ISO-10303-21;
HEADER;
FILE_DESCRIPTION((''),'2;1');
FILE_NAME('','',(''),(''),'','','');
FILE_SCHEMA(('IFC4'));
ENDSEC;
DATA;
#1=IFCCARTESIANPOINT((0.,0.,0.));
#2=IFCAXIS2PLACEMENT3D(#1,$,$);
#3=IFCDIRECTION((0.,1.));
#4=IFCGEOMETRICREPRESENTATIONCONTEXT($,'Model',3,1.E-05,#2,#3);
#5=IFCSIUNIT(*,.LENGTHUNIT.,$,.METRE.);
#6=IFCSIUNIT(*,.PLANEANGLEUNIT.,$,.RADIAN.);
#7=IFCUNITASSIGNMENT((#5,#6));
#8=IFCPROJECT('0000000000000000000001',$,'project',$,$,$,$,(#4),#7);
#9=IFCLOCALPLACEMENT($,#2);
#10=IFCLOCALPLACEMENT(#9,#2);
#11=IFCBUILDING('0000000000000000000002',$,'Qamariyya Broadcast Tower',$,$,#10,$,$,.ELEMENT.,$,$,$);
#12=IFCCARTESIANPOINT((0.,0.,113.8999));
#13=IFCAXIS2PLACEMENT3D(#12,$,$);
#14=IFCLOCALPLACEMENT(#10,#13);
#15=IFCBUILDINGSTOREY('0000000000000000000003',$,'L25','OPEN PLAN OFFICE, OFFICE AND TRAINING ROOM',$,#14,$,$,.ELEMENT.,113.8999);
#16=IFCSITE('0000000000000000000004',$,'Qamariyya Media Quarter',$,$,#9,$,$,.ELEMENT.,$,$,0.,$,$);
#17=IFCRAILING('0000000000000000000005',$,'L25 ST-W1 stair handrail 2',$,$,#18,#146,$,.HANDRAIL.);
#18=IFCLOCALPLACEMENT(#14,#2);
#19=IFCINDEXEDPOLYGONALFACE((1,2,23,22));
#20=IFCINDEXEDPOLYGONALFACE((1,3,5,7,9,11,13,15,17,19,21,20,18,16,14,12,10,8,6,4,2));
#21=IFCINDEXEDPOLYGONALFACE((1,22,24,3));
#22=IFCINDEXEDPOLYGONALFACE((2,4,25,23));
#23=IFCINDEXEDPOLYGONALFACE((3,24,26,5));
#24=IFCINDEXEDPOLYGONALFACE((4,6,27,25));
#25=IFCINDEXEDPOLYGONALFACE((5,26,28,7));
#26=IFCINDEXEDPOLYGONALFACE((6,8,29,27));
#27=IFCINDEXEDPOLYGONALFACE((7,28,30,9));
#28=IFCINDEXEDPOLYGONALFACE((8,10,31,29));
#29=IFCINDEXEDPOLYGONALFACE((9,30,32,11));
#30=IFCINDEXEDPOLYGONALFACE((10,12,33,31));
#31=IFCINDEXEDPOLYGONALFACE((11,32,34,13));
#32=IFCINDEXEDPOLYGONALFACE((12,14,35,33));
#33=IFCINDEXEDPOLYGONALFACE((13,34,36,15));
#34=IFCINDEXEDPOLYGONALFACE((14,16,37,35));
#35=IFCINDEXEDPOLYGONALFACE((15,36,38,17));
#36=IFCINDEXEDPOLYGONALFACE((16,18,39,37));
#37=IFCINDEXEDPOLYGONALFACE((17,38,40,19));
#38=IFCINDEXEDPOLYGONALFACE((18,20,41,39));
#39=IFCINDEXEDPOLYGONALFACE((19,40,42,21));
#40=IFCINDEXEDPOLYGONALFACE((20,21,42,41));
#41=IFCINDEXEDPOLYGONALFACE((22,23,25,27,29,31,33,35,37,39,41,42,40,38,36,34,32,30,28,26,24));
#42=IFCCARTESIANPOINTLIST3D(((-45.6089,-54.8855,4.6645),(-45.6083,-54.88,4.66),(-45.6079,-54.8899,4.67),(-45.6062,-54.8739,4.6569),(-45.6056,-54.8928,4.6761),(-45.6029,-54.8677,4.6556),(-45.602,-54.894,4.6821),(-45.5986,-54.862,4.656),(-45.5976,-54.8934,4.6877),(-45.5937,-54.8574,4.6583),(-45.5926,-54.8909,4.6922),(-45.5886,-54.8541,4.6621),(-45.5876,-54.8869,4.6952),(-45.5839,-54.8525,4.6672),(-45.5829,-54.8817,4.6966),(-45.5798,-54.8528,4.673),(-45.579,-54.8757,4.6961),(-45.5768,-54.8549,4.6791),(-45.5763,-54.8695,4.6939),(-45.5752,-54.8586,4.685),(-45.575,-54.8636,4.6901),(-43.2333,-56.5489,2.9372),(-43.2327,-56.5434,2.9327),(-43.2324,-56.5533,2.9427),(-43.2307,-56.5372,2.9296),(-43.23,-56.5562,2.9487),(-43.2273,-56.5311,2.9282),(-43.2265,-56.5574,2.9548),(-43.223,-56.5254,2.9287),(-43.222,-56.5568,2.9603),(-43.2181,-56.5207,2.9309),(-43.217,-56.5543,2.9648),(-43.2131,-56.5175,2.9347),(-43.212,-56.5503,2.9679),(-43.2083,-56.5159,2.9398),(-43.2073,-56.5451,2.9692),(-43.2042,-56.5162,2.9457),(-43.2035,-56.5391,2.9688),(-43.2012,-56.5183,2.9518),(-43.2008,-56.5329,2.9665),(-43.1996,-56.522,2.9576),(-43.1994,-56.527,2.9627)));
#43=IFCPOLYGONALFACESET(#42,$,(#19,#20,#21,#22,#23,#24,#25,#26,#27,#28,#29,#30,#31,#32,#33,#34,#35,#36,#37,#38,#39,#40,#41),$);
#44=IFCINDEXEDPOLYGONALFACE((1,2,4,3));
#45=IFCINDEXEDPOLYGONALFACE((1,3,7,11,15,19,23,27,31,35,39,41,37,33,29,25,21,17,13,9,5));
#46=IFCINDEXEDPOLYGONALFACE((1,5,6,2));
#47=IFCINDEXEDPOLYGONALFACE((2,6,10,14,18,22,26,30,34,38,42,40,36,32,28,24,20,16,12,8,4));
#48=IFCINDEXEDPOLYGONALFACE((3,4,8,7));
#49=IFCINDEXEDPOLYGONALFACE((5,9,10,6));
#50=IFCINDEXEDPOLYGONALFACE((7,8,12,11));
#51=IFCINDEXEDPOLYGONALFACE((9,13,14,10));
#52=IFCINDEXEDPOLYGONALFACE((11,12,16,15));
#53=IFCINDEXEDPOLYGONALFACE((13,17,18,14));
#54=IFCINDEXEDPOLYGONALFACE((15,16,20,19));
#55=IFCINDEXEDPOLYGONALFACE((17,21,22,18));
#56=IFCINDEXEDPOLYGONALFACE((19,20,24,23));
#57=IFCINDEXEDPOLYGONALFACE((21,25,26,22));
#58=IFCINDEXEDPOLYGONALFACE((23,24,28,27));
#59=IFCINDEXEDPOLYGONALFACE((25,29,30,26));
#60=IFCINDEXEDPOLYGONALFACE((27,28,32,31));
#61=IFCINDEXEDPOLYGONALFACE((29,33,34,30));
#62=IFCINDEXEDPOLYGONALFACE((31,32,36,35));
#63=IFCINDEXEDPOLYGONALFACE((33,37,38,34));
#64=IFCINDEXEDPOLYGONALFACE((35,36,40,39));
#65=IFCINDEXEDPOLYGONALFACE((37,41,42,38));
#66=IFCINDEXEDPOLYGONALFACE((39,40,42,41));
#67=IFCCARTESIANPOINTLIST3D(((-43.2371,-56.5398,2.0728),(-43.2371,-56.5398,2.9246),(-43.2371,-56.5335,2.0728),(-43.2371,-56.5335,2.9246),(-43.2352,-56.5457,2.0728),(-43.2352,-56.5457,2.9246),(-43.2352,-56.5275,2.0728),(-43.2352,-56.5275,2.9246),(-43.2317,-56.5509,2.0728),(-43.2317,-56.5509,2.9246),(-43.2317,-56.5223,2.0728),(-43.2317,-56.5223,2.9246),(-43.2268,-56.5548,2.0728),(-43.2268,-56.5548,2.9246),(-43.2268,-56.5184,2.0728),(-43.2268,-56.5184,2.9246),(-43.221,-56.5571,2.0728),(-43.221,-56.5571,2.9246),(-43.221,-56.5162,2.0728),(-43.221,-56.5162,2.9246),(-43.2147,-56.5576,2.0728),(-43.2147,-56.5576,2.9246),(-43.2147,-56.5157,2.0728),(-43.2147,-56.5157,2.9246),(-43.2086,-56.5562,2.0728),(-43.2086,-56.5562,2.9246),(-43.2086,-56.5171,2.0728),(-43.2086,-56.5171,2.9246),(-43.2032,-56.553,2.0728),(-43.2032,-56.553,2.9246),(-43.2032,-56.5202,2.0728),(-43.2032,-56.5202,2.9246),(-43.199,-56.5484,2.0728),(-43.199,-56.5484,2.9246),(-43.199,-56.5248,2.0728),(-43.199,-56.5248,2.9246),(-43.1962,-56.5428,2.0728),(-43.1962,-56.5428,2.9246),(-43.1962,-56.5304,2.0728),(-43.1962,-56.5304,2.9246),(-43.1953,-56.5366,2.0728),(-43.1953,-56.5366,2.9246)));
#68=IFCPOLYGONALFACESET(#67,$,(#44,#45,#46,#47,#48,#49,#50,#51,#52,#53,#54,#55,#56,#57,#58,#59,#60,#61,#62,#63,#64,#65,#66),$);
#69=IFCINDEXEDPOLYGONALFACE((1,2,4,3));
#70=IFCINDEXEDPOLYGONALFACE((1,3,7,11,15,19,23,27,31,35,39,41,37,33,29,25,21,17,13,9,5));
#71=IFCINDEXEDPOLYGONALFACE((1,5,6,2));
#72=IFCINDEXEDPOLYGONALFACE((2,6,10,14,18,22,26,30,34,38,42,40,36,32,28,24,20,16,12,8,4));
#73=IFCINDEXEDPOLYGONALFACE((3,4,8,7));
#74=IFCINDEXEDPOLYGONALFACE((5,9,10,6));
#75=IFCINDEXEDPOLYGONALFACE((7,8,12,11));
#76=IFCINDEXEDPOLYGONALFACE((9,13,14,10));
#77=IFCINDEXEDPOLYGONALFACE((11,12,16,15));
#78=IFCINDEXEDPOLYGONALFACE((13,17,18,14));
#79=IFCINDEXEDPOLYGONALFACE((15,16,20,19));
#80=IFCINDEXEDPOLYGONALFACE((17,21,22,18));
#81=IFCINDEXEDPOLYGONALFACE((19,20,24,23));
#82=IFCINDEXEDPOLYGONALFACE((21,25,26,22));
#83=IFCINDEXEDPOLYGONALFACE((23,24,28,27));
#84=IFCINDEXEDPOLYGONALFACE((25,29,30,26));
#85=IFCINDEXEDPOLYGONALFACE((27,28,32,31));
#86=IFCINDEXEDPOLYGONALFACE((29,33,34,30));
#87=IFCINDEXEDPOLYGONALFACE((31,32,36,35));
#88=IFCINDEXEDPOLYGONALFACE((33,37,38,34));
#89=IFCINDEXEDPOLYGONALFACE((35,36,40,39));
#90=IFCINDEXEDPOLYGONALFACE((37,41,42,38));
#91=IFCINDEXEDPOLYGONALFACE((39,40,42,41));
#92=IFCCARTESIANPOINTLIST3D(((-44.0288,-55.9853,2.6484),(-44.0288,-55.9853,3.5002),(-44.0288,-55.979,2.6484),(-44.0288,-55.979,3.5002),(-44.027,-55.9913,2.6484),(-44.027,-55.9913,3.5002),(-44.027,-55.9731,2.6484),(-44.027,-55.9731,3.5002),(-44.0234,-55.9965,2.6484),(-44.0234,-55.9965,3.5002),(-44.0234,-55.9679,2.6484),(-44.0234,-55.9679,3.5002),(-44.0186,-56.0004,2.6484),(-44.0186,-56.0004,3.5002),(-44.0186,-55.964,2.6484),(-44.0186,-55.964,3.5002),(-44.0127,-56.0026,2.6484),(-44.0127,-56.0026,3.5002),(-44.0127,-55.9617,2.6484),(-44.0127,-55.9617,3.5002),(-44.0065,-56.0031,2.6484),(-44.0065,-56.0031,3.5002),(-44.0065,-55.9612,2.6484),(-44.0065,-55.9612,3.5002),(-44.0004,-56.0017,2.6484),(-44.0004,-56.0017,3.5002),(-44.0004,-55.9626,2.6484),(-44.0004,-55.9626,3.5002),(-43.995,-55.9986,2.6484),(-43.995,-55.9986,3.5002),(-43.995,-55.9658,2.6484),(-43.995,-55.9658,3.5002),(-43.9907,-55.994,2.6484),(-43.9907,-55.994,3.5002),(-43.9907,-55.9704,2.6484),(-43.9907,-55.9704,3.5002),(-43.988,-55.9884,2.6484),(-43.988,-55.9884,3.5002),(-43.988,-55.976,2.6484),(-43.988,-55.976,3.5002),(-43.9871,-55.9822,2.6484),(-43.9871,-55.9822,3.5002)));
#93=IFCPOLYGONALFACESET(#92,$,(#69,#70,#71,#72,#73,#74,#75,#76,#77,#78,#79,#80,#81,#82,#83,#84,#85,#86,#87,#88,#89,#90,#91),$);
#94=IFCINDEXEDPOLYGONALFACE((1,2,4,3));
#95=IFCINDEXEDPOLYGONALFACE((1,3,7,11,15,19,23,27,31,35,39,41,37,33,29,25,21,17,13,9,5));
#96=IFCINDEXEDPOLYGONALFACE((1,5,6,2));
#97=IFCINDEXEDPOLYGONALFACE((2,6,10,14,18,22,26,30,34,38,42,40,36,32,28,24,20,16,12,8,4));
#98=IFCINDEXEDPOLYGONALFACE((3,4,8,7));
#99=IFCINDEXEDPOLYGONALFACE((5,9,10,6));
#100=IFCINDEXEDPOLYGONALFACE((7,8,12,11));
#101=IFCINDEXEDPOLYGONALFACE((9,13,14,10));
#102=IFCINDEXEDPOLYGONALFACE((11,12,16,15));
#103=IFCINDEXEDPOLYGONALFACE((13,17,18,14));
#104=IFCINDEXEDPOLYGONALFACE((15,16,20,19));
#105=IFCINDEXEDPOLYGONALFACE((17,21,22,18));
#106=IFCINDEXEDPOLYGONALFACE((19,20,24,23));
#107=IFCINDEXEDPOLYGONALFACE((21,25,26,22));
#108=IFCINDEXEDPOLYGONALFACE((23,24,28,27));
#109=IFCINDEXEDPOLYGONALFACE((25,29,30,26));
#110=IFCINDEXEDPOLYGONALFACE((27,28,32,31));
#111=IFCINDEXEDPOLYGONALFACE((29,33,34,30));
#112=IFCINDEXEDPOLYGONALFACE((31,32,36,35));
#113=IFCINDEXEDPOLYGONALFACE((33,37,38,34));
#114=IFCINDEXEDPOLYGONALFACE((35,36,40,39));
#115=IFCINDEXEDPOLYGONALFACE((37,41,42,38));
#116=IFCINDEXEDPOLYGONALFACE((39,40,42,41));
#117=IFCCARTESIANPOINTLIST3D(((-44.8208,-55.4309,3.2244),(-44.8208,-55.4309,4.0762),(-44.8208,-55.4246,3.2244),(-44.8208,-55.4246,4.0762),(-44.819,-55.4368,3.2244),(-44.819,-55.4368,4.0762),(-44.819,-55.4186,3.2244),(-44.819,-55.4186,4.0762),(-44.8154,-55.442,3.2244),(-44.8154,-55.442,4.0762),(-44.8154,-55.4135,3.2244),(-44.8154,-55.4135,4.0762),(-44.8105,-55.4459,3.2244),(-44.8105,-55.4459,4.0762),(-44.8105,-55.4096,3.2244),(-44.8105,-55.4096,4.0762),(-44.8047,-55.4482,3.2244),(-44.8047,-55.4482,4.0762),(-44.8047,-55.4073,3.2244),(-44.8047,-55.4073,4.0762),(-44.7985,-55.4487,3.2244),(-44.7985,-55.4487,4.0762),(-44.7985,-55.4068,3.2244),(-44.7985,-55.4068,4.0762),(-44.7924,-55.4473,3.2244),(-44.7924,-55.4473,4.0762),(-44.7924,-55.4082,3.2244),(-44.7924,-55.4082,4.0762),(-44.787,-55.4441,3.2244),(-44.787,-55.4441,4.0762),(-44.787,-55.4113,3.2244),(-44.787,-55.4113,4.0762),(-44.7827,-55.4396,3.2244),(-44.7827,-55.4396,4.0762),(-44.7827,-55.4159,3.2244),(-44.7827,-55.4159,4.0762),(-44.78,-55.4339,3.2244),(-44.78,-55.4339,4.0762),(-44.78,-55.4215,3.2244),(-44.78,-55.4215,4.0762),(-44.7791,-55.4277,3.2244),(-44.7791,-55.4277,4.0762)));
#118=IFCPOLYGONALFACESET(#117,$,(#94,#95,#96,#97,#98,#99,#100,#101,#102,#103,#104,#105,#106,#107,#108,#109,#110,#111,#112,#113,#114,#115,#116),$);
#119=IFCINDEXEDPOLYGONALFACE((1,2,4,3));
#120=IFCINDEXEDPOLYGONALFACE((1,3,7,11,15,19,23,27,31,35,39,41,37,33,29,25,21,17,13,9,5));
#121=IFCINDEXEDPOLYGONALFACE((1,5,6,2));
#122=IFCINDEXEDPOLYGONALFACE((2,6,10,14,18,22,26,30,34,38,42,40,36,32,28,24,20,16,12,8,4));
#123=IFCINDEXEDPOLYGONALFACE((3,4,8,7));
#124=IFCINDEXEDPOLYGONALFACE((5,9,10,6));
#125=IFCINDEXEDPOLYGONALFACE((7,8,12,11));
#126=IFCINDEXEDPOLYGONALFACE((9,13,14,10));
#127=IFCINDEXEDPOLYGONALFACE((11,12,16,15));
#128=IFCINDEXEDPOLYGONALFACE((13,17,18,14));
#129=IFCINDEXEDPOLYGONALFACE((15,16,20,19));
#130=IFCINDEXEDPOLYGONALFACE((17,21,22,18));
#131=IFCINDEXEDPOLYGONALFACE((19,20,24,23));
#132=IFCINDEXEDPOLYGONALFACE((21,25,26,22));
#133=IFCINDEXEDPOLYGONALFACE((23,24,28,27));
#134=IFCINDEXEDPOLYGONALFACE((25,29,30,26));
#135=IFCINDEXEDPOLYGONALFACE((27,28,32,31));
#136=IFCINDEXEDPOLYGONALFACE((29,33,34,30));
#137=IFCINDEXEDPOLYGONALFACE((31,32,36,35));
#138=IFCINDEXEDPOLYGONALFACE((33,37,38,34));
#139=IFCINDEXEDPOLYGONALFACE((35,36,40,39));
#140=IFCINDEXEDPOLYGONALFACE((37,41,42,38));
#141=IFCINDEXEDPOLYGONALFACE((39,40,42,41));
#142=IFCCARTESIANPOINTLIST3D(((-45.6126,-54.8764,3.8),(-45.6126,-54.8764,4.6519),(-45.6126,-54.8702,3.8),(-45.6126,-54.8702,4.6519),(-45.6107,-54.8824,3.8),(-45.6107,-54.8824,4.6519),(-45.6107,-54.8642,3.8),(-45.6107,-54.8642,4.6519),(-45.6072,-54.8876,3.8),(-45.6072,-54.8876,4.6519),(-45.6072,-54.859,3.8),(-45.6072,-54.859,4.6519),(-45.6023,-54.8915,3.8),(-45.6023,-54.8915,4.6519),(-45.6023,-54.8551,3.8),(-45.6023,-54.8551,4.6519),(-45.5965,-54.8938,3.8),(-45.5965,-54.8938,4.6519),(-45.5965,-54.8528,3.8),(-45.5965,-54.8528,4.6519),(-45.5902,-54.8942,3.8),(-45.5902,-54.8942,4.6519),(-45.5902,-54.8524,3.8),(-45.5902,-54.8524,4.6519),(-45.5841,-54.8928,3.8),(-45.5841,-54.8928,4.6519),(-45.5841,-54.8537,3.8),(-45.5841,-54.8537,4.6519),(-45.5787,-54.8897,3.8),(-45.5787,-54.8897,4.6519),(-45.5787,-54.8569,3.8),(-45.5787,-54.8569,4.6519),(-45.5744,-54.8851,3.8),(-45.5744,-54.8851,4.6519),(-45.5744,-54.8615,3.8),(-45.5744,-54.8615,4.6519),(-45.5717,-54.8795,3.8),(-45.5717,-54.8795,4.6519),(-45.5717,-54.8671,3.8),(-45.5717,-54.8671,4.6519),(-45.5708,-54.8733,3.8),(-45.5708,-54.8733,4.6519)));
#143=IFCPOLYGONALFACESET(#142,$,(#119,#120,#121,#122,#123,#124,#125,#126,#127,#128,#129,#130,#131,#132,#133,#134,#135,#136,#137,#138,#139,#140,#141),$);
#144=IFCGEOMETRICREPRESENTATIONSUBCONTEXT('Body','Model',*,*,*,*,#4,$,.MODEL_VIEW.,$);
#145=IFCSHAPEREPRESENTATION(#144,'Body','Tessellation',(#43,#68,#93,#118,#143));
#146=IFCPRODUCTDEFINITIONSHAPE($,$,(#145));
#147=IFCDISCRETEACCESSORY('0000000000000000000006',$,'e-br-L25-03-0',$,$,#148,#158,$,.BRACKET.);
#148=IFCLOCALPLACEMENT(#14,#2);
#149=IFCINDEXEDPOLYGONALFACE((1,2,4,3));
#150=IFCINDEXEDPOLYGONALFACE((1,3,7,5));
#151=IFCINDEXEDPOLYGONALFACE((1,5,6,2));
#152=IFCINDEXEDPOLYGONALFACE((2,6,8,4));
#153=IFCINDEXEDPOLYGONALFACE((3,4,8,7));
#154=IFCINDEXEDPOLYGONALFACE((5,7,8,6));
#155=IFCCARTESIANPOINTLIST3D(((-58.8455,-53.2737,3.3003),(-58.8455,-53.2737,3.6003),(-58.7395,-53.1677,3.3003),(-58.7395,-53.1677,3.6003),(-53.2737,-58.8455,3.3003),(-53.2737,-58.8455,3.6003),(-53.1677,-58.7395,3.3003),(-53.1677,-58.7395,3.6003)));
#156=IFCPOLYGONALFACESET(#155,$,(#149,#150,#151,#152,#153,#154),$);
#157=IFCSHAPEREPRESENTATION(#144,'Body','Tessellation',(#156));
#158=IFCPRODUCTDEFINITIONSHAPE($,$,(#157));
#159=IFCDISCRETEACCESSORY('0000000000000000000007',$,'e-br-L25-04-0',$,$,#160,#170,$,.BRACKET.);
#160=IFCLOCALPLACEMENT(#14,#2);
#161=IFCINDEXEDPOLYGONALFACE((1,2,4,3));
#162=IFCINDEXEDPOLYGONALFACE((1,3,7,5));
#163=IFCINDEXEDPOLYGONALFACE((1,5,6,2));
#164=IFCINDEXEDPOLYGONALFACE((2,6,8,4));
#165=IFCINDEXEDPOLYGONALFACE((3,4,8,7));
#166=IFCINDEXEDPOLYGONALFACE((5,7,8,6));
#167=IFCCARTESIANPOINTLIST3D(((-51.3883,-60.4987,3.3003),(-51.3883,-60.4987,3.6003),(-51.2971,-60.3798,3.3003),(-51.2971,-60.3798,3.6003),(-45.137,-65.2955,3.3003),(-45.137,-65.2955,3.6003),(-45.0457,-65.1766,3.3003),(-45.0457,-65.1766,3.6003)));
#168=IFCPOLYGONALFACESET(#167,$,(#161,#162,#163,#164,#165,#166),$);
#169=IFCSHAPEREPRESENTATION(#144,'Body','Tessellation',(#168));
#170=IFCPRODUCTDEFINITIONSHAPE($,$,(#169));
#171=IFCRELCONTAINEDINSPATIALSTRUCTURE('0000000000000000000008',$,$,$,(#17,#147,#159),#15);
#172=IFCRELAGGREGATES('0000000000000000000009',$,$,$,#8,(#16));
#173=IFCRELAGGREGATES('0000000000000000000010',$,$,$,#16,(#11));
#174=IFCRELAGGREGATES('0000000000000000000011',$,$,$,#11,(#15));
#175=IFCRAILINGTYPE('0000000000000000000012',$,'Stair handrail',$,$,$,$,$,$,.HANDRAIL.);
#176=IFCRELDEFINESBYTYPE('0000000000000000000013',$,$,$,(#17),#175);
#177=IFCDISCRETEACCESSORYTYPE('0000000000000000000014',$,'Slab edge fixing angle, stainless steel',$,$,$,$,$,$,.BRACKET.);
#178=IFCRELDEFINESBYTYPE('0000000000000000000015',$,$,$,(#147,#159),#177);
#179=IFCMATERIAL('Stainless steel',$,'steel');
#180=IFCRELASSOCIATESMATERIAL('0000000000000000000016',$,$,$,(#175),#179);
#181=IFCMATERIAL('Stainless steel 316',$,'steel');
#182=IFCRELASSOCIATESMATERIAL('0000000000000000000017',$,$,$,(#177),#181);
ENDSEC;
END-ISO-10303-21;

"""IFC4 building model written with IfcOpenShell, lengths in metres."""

from ifc_helpers import new_model, si_unit, direction, frame, origin, origin_2d, place, context, subcontext, project, spatial, rectangle, circle, extrude, material, type_object, element, save


model = new_model("IFC4")

# Units and contexts
model_context = context("Model", 3, precision=1e-05, world=origin(), true_north=direction((0.0, 1.0)))
body_context = subcontext(model_context, "Body", "Model", "MODEL_VIEW")
ifc_project = project(units=[si_unit("LENGTHUNIT", "METRE"), si_unit("PLANEANGLEUNIT", "RADIAN")], contexts=[model_context])

# Site, building, storey
site_placement = place(None, origin())
site = spatial("IfcSite", under=ifc_project, at=site_placement, Name="Qamariyya Media Quarter", CompositionType="ELEMENT", RefElevation=0.0)
building_placement = place(site_placement, origin())
building = spatial("IfcBuilding", under=site, at=building_placement, Name="Qamariyya Broadcast Tower", CompositionType="ELEMENT")
storey_placement = place(building_placement, frame((0.0, 0.0, 113.8999)))
storey = spatial("IfcBuildingStorey", under=building, at=storey_placement, Name="L25", Description="OPEN PLAN OFFICE, OFFICE AND TRAINING ROOM", CompositionType="ELEMENT", Elevation=113.8999)

# Railing
ifc_material_1 = material(Name="Stainless steel", Category="steel")
railing_type_1 = type_object("IfcRailingType", Name="Stair handrail", PredefinedType="HANDRAIL", material=ifc_material_1)
railing_1_placement = place(storey_placement, frame((-43.2163, -56.5366, 2.0728)))
element("IfcRailing", 1, at=railing_1_placement, inside=storey, type_object=railing_type_1, Name="L25 ST-W1 stair handrail 2", PredefinedType="HANDRAIL", context=body_context, shape_type="SweptSolid", body=[
    extrude(circle(Radius=0.0239, at=origin_2d()), frame((0.0, 0.0, 0.876), z_axis=(-0.70377, 0.492784, 0.511734), x_axis=(-0.573575, -0.819153, 0.0)), (0.0, 0.0, 1.0), 3.3755),
    extrude(circle(Radius=0.021, at=origin_2d()), origin(), (0.0, 0.0, 1.0), 0.8518),
    extrude(circle(Radius=0.021, at=origin_2d()), frame((-0.7917, 0.5544, 0.5757)), (0.0, 0.0, 1.0), 0.8518),
    extrude(circle(Radius=0.021, at=origin_2d()), frame((-1.5837, 1.1089, 1.1516)), (0.0, 0.0, 1.0), 0.8518),
    extrude(circle(Radius=0.021, at=origin_2d()), frame((-2.3755, 1.6633, 1.7273)), (0.0, 0.0, 1.0), 0.8518),
])

# Discrete accessories
ifc_material_2 = material(Name="Stainless steel 316", Category="steel")
discrete_accessory_type = type_object("IfcDiscreteAccessoryType", Name="Slab edge fixing angle, stainless steel", PredefinedType="BRACKET", material=ifc_material_2)
for number, where, z_axis, x_axis, name in (
    (2, (-56.0066, -56.0066, 3.3003), (0.0, 0.0, 1.0), (0.707107, -0.707107, 0.0), "e-br-L25-03-0"),
    (3, (-48.217, -62.8376, 3.3003), (0.0, 0.0, 1.0), (0.793353, -0.608761, 0.0), "e-br-L25-04-0"),
):
    element("IfcDiscreteAccessory", number, at=place(storey_placement, frame(where, z_axis=z_axis, x_axis=x_axis)), inside=storey, type_object=discrete_accessory_type, Name=name, PredefinedType="BRACKET", context=body_context, shape_type="SweptSolid", body=[
        extrude(rectangle(XDim=7.8796, YDim=0.1499, at=origin_2d()), origin(), (0.0, 0.0, 1.0), 0.3),
    ])

save(model, "model.ifc")
